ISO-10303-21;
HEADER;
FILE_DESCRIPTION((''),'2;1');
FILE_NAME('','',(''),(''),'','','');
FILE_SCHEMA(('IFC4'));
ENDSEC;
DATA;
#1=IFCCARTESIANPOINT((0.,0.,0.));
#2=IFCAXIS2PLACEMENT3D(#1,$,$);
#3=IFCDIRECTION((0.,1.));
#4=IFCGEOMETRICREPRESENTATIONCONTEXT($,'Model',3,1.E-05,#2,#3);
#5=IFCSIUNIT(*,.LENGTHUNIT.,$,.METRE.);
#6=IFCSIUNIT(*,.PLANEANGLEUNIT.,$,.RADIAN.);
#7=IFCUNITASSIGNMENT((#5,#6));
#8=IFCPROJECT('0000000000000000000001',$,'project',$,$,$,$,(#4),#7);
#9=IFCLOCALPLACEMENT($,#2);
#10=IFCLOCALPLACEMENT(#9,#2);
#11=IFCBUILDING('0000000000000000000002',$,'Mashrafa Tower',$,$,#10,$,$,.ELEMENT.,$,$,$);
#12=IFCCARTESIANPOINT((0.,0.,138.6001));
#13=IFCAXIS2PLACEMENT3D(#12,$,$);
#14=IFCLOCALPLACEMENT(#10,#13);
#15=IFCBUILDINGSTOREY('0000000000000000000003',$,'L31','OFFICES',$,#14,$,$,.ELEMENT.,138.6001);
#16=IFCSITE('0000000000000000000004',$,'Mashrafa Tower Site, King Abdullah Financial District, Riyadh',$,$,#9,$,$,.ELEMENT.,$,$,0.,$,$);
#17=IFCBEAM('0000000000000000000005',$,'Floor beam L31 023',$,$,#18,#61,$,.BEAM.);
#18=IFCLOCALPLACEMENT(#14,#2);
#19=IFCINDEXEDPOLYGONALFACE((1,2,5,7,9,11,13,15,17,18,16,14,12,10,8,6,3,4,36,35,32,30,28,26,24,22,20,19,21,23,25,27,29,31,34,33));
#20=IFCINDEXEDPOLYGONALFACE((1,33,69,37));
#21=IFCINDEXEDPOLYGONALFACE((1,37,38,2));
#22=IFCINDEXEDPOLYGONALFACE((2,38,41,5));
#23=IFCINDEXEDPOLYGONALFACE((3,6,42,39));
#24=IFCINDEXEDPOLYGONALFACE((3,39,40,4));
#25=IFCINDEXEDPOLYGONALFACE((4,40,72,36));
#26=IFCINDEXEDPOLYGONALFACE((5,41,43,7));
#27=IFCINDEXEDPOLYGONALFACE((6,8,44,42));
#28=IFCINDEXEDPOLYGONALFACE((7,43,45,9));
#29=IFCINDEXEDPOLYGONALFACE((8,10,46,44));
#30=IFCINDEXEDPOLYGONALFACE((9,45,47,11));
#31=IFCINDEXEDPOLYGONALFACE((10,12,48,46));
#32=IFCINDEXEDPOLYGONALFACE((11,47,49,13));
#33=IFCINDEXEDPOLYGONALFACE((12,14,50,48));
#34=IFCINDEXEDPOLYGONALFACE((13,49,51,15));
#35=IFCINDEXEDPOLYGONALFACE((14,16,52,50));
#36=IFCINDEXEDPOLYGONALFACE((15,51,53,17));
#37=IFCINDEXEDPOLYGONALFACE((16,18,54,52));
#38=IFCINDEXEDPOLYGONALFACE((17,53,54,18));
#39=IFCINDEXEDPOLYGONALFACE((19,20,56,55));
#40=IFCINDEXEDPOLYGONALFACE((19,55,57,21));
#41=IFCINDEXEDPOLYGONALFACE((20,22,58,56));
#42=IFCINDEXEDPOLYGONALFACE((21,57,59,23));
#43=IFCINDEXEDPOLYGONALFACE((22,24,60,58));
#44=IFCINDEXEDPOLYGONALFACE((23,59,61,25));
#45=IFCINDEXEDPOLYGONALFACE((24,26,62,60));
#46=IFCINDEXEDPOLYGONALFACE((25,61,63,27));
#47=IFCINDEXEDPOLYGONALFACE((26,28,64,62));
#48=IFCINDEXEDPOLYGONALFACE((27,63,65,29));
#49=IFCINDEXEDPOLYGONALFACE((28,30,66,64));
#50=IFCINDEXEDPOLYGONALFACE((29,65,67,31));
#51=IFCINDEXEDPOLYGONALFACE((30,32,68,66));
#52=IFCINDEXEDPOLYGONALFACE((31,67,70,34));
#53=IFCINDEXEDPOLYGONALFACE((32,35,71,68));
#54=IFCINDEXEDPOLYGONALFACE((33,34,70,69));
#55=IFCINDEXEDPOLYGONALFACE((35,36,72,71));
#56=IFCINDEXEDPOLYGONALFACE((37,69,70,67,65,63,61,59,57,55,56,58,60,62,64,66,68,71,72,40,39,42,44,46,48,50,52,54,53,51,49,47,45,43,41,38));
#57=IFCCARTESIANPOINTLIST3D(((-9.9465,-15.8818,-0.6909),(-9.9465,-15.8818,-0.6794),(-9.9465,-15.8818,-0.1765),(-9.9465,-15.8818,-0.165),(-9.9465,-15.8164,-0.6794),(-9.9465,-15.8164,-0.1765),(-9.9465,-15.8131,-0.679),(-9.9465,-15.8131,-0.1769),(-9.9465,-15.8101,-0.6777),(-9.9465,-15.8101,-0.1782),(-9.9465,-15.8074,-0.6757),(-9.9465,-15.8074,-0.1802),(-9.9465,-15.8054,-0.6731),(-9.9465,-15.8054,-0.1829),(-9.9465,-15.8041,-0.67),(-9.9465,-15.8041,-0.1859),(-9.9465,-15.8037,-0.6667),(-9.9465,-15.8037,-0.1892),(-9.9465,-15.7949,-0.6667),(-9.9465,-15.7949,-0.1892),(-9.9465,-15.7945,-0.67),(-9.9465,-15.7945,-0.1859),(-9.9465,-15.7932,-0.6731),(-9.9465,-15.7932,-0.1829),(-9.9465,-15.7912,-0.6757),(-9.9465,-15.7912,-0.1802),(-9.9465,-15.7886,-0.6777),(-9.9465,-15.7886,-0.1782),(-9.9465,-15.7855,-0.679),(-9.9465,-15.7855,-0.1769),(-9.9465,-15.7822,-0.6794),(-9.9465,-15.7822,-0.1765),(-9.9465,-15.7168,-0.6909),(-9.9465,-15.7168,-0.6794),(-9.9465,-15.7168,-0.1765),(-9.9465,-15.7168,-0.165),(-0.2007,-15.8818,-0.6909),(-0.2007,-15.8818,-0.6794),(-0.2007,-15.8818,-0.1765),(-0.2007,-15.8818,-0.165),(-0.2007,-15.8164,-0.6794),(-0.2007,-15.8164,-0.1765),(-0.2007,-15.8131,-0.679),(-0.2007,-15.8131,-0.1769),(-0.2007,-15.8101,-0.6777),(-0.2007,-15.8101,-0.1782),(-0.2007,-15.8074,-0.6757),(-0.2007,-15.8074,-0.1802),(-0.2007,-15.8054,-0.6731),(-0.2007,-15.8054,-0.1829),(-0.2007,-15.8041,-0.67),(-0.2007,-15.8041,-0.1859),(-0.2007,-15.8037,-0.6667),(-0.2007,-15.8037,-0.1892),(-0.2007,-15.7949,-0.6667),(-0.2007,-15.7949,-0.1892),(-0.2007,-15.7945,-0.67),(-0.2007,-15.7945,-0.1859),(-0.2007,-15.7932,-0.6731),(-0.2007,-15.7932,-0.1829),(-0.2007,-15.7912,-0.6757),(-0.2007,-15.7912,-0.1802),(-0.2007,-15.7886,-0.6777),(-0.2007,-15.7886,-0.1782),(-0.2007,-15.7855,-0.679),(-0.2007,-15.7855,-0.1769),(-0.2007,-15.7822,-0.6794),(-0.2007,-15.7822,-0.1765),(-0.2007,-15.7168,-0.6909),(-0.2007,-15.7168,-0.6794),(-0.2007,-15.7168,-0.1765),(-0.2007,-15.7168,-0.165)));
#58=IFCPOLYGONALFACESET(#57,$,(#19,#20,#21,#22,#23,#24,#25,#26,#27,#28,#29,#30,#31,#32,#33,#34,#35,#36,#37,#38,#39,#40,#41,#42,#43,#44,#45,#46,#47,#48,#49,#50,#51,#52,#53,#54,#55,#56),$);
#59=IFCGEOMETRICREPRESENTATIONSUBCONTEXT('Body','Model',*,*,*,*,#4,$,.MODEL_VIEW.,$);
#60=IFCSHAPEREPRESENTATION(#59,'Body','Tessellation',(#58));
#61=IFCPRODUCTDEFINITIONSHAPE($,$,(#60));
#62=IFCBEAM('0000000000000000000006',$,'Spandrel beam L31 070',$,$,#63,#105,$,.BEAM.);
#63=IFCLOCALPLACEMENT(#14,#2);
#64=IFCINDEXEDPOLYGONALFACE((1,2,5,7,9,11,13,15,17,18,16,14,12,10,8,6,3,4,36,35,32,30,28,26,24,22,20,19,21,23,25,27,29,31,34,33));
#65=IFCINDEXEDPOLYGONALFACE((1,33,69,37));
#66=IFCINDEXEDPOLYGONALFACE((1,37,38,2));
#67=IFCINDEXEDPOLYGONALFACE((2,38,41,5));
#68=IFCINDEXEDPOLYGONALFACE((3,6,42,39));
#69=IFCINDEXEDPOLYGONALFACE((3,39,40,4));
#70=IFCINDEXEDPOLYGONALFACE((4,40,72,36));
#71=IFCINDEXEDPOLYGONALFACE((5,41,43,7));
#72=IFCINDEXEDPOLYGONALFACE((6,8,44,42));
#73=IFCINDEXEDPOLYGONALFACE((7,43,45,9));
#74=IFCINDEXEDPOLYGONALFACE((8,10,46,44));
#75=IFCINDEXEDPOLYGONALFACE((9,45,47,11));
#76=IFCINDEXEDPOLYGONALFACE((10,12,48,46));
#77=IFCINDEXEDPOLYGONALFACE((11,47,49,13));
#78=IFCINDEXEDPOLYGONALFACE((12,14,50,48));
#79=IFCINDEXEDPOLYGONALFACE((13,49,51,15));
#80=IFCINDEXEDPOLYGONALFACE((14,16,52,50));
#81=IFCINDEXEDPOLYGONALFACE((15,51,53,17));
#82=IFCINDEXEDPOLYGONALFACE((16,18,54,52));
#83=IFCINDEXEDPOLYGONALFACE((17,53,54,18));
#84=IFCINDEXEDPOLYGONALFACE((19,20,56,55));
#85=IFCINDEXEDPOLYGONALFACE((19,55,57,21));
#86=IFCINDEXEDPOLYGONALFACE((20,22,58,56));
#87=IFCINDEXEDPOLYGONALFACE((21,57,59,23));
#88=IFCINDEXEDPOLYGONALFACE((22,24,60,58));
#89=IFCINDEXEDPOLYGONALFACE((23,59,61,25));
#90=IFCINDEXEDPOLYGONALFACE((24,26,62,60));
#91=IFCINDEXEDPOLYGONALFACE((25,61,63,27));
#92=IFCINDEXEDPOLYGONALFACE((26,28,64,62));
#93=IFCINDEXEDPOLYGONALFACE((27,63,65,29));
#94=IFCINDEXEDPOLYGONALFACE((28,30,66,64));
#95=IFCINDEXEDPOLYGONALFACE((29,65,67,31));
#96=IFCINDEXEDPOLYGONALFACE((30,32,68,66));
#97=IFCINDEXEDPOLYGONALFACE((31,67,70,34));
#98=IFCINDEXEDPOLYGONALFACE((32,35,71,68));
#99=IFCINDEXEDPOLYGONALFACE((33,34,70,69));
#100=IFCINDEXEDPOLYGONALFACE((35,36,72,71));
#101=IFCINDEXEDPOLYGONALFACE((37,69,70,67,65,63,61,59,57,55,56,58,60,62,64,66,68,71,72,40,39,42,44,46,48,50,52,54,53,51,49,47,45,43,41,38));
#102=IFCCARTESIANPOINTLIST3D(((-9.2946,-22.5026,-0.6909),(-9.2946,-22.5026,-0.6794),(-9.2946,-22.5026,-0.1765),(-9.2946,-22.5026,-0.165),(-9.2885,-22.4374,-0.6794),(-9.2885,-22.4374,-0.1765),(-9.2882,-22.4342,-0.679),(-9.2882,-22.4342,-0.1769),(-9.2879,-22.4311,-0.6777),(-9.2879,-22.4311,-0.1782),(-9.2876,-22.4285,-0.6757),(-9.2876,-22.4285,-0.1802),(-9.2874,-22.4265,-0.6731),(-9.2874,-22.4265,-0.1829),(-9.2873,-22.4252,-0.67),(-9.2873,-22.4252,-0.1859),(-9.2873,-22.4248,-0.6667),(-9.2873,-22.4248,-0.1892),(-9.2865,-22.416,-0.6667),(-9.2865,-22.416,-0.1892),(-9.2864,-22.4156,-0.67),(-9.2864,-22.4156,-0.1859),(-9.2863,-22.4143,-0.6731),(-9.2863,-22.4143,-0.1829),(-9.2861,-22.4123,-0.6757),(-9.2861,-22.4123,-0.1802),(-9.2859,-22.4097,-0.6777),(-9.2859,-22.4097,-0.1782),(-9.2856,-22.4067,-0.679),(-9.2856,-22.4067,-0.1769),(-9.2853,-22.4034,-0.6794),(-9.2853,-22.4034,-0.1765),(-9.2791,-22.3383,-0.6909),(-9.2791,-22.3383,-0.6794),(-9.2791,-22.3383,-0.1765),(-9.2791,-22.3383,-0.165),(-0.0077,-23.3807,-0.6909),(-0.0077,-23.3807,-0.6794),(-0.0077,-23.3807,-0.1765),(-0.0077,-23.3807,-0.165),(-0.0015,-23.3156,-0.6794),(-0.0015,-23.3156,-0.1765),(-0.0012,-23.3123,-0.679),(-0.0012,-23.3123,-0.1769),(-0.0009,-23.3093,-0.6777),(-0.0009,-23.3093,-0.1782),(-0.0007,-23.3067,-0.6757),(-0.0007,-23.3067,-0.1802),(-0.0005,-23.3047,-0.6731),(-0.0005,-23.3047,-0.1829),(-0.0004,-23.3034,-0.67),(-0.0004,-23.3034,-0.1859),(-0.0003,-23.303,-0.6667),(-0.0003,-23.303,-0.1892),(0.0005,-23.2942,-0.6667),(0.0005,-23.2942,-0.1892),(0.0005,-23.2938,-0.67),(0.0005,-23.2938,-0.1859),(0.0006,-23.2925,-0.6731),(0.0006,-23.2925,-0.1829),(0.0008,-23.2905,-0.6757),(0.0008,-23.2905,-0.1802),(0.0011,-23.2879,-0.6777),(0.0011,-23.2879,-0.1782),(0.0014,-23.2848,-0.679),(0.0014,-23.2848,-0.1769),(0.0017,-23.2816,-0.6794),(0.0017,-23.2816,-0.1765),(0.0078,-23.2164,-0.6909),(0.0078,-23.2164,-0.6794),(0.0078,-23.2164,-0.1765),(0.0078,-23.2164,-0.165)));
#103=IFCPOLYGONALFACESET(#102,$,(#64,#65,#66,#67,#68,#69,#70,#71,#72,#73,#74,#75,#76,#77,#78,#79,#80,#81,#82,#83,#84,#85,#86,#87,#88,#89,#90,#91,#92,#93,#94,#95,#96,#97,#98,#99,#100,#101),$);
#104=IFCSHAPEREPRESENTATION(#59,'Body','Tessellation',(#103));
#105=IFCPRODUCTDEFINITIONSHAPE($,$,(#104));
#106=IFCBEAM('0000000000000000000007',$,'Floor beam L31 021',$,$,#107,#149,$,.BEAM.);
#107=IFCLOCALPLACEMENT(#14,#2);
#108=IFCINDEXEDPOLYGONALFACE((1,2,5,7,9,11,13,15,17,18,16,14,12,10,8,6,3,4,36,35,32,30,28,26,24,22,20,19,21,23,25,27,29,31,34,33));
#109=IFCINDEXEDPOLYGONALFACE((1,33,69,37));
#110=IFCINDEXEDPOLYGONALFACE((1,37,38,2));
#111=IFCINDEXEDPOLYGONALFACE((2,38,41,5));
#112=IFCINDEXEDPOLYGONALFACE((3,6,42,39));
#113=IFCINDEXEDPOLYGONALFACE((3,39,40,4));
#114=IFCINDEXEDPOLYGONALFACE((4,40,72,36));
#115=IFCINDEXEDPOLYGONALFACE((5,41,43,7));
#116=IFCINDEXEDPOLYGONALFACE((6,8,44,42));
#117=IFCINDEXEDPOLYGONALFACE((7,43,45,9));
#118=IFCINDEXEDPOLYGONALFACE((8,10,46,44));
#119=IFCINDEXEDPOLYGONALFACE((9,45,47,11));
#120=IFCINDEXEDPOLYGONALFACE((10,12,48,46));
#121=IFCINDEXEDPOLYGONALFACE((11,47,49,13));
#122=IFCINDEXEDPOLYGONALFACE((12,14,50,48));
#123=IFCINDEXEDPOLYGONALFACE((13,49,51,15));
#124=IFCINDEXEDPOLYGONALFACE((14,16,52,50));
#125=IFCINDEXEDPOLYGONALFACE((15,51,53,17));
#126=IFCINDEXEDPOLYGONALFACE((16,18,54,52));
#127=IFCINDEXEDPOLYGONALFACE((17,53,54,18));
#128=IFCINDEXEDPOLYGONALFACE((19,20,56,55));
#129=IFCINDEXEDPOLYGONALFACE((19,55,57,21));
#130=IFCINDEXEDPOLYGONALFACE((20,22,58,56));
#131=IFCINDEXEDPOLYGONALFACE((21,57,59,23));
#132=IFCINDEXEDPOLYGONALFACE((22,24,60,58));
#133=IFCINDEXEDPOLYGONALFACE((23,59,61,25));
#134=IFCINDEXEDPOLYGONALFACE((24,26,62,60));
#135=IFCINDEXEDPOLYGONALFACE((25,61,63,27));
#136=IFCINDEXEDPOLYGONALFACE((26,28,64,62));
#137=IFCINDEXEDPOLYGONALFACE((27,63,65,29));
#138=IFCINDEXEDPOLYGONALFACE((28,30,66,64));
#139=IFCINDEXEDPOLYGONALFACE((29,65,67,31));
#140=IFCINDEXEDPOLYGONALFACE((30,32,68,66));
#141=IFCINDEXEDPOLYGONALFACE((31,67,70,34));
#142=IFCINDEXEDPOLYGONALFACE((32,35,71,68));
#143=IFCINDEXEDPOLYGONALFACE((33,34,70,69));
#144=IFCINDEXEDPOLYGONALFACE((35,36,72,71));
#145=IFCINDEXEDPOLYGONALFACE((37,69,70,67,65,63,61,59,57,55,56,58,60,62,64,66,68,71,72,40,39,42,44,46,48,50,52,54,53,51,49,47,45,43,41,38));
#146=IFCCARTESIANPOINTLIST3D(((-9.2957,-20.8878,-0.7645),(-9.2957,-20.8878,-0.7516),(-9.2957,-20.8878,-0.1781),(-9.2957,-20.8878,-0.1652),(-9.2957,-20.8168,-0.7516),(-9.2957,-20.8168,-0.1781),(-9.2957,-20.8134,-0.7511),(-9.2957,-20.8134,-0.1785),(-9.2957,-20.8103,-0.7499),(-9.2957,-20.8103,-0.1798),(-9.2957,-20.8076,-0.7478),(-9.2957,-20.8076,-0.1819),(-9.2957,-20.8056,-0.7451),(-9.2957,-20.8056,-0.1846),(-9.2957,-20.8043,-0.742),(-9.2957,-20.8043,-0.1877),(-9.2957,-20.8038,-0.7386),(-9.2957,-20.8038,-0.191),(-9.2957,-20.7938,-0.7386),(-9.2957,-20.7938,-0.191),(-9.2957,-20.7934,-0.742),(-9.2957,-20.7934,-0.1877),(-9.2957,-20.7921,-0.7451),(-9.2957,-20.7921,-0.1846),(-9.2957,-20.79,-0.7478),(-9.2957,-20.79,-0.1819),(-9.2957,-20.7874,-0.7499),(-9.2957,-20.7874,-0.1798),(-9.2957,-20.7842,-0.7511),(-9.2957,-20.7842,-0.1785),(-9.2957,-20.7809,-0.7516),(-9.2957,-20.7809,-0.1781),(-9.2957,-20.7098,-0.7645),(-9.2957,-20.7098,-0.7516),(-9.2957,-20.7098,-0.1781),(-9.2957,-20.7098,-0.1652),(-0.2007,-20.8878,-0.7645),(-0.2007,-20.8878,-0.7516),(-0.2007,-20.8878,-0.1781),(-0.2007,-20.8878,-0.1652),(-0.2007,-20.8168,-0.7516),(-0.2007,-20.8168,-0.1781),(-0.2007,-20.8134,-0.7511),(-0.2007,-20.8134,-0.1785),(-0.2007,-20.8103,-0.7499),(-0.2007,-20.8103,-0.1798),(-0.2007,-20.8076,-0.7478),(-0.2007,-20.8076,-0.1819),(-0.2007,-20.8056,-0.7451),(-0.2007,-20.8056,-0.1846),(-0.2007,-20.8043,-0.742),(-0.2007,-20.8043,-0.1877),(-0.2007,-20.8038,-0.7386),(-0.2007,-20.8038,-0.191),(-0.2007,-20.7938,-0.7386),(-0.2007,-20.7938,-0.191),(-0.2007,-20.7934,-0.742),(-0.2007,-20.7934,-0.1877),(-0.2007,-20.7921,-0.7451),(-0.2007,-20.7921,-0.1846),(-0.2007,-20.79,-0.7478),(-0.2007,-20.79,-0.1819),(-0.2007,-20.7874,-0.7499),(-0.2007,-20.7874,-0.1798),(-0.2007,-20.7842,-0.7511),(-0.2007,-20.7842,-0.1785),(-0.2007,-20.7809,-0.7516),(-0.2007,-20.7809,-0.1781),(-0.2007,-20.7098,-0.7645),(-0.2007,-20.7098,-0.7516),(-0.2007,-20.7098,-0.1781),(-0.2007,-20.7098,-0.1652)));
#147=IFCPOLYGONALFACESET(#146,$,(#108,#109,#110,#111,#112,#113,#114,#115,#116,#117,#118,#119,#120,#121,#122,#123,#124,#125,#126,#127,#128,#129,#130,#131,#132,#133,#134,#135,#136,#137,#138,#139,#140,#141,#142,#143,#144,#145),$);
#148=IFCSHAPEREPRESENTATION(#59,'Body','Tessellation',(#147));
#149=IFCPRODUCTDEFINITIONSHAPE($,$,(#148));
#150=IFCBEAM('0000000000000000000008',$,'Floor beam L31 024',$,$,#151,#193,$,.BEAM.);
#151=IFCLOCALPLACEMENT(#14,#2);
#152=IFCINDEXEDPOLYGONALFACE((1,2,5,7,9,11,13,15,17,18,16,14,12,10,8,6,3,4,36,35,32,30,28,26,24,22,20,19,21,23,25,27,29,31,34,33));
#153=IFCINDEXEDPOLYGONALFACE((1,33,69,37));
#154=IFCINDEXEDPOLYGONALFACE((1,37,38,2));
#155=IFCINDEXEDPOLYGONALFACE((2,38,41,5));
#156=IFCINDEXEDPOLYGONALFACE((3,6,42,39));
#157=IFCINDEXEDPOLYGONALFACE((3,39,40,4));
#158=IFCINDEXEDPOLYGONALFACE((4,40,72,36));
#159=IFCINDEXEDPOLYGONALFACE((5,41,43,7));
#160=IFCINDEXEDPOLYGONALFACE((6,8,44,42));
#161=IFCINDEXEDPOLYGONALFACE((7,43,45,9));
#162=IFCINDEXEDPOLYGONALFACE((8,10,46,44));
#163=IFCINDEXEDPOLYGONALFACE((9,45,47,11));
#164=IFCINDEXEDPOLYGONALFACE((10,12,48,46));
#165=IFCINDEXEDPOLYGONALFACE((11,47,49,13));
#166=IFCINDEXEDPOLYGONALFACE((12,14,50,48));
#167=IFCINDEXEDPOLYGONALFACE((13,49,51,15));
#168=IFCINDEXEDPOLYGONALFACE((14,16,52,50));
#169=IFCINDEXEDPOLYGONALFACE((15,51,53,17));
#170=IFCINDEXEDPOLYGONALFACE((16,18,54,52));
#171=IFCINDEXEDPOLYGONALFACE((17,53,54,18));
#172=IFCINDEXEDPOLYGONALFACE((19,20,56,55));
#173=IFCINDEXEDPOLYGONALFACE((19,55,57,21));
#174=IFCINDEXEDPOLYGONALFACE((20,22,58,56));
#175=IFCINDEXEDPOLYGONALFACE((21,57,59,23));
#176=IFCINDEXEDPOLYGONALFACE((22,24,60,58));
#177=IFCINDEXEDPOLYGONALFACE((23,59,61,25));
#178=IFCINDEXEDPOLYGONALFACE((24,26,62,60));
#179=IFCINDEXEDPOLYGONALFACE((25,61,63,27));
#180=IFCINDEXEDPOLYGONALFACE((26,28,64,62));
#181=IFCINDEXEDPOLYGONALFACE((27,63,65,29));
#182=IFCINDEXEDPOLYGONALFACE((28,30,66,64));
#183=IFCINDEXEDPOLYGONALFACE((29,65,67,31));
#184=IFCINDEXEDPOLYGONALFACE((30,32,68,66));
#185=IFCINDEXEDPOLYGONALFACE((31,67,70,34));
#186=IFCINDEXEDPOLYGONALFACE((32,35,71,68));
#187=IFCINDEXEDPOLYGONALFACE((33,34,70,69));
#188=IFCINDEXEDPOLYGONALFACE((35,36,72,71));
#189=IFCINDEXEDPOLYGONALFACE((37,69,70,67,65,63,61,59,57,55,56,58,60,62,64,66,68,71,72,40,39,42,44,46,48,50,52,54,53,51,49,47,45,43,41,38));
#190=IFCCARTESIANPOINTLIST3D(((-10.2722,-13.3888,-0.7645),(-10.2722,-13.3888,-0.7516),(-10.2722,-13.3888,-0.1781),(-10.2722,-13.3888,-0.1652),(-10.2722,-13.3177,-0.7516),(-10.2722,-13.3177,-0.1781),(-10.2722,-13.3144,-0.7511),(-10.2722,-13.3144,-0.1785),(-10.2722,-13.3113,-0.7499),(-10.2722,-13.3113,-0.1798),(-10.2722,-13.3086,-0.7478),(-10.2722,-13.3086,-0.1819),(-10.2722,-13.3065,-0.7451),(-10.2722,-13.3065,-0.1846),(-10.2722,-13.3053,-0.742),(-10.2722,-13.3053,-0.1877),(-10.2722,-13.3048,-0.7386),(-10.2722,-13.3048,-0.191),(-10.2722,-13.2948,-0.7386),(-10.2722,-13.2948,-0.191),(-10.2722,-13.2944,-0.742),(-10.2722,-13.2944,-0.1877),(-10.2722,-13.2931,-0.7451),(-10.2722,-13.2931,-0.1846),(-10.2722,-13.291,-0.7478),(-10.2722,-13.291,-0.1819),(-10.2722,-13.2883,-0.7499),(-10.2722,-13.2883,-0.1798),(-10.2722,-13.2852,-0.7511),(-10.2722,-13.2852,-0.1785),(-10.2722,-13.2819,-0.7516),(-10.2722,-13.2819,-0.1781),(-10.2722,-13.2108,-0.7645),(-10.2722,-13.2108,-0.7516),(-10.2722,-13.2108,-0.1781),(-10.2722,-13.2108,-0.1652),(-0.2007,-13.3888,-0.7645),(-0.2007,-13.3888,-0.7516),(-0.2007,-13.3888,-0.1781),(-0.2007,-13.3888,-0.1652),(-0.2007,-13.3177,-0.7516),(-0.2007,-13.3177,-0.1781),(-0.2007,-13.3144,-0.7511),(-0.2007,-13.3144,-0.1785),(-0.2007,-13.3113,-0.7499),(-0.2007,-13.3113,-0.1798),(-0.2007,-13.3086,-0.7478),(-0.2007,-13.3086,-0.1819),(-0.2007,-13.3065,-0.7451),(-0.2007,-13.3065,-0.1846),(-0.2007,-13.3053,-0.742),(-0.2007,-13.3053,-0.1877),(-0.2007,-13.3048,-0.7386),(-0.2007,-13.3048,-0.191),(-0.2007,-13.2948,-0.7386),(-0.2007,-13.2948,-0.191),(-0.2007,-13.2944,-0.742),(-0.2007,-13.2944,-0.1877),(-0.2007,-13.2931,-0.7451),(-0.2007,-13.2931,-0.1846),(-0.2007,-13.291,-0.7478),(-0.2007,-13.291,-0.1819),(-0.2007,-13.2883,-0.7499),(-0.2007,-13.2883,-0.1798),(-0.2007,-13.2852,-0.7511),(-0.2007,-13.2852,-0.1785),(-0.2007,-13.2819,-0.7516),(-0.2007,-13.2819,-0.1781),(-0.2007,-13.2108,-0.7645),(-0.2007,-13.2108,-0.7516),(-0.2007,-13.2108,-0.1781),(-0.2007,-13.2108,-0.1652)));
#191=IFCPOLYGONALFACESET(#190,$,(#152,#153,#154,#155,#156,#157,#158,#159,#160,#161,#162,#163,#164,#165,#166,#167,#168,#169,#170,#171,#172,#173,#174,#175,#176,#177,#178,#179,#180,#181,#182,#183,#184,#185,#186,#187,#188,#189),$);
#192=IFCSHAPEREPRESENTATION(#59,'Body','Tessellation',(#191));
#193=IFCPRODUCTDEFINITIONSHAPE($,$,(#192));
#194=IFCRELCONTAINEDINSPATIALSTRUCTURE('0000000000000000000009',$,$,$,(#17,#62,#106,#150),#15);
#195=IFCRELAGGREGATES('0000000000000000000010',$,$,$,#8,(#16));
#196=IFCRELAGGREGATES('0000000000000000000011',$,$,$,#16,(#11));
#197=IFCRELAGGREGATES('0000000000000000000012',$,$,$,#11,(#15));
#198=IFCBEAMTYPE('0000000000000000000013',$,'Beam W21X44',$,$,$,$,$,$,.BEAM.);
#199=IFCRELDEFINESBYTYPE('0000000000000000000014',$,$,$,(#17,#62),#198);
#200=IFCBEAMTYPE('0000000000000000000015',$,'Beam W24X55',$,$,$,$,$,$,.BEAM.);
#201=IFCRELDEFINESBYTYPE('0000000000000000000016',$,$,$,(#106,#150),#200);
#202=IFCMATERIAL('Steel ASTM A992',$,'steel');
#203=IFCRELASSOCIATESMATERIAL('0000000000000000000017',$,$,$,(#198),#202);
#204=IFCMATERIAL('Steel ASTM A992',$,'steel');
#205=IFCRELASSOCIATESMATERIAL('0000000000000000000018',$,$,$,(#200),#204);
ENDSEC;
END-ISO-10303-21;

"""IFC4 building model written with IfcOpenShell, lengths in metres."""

from ifc_helpers import new_model, si_unit, direction, frame, origin, origin_2d, place, context, subcontext, project, spatial, i_section, extrude, material, material_profile, profile_set, type_object, element, save


model = new_model("IFC4")

# Units and contexts
model_context = context("Model", 3, precision=1e-05, world=origin(), true_north=direction((0.0, 1.0)))
body_context = subcontext(model_context, "Body", "Model", "MODEL_VIEW")
ifc_project = project(units=[si_unit("LENGTHUNIT", "METRE"), si_unit("PLANEANGLEUNIT", "RADIAN")], contexts=[model_context])

# Site, building, storey
site_placement = place(None, origin())
site = spatial("IfcSite", under=ifc_project, at=site_placement, Name="Mashrafa Tower Site, King Abdullah Financial District, Riyadh", CompositionType="ELEMENT", RefElevation=0.0)
building_placement = place(site_placement, origin())
building = spatial("IfcBuilding", under=site, at=building_placement, Name="Mashrafa Tower", CompositionType="ELEMENT")
storey_placement = place(building_placement, frame((0.0, 0.0, 138.6001)))
storey = spatial("IfcBuildingStorey", under=building, at=storey_placement, Name="L31", Description="OFFICES", CompositionType="ELEMENT", Elevation=138.6001)

# Beams
ifc_material_1 = material(Name="Steel ASTM A992", Category="steel")
ifc_material_profile_1 = material_profile(ifc_material_1, i_section(OverallWidth=0.165, OverallDepth=0.5259, WebThickness=0.0088, FlangeThickness=0.0115, FilletRadius=0.0127, at=origin_2d()), Name="W21X44")
ifc_profile_set_1 = profile_set([ifc_material_profile_1], Name="Steel ASTM A992")
beam_type_1 = type_object("IfcBeamType", Name="Beam W21X44", PredefinedType="BEAM", material=ifc_profile_set_1)
beam_1_placement = place(storey_placement, frame((-0.2007, -15.7993, -0.428), z_axis=(-1.0, 0.0, 0.0), x_axis=(0.0, -1.0, 0.0)))
element("IfcBeam", 1, at=beam_1_placement, inside=storey, type_object=beam_type_1, Name="Floor beam L31 023", PredefinedType="BEAM", context=body_context, shape_type="SweptSolid", body=[
    extrude(i_section(OverallWidth=0.165, OverallDepth=0.5259, WebThickness=0.0088, FlangeThickness=0.0115, FilletRadius=0.0127, at=origin_2d()), origin(), (0.0, 0.0, 1.0), 9.7458),
])
beam_2_placement = place(storey_placement, frame((-9.2869, -22.4204, -0.428), z_axis=(0.995559, -0.094141, 0.0), x_axis=(0.094141, 0.995559, 0.0)))
element("IfcBeam", 2, at=beam_2_placement, inside=storey, type_object=beam_type_1, Name="Spandrel beam L31 070", PredefinedType="BEAM", context=body_context, shape_type="SweptSolid", body=[
    extrude(i_section(OverallWidth=0.165, OverallDepth=0.5259, WebThickness=0.0088, FlangeThickness=0.0115, FilletRadius=0.0127, at=origin_2d()), origin(), (0.0, 0.0, 1.0), 9.3284),
])
ifc_material_2 = material(Name="Steel ASTM A992", Category="steel")
ifc_material_profile_2 = material_profile(ifc_material_2, i_section(OverallWidth=0.178, OverallDepth=0.5994, WebThickness=0.01, FlangeThickness=0.0129, FilletRadius=0.0129, at=origin_2d()), Name="W24X55")
ifc_profile_set_2 = profile_set([ifc_material_profile_2], Name="Steel ASTM A992")
beam_type_2 = type_object("IfcBeamType", Name="Beam W24X55", PredefinedType="BEAM", material=ifc_profile_set_2)
beam_3_placement = place(storey_placement, frame((-0.2007, -20.7988, -0.4648), z_axis=(-1.0, 0.0, 0.0), x_axis=(0.0, -1.0, 0.0)))
element("IfcBeam", 3, at=beam_3_placement, inside=storey, type_object=beam_type_2, Name="Floor beam L31 021", PredefinedType="BEAM", context=body_context, shape_type="SweptSolid", body=[
    extrude(i_section(OverallWidth=0.178, OverallDepth=0.5994, WebThickness=0.01, FlangeThickness=0.0129, FilletRadius=0.0129, at=origin_2d()), origin(), (0.0, 0.0, 1.0), 9.095),
])
beam_4_placement = place(storey_placement, frame((-0.2007, -13.2998, -0.4648), z_axis=(-1.0, 0.0, 0.0), x_axis=(0.0, -1.0, 0.0)))
element("IfcBeam", 4, at=beam_4_placement, inside=storey, type_object=beam_type_2, Name="Floor beam L31 024", PredefinedType="BEAM", context=body_context, shape_type="SweptSolid", body=[
    extrude(i_section(OverallWidth=0.178, OverallDepth=0.5994, WebThickness=0.01, FlangeThickness=0.0129, FilletRadius=0.0129, at=origin_2d()), origin(), (0.0, 0.0, 1.0), 10.0715),
])

save(model, "model.ifc")
